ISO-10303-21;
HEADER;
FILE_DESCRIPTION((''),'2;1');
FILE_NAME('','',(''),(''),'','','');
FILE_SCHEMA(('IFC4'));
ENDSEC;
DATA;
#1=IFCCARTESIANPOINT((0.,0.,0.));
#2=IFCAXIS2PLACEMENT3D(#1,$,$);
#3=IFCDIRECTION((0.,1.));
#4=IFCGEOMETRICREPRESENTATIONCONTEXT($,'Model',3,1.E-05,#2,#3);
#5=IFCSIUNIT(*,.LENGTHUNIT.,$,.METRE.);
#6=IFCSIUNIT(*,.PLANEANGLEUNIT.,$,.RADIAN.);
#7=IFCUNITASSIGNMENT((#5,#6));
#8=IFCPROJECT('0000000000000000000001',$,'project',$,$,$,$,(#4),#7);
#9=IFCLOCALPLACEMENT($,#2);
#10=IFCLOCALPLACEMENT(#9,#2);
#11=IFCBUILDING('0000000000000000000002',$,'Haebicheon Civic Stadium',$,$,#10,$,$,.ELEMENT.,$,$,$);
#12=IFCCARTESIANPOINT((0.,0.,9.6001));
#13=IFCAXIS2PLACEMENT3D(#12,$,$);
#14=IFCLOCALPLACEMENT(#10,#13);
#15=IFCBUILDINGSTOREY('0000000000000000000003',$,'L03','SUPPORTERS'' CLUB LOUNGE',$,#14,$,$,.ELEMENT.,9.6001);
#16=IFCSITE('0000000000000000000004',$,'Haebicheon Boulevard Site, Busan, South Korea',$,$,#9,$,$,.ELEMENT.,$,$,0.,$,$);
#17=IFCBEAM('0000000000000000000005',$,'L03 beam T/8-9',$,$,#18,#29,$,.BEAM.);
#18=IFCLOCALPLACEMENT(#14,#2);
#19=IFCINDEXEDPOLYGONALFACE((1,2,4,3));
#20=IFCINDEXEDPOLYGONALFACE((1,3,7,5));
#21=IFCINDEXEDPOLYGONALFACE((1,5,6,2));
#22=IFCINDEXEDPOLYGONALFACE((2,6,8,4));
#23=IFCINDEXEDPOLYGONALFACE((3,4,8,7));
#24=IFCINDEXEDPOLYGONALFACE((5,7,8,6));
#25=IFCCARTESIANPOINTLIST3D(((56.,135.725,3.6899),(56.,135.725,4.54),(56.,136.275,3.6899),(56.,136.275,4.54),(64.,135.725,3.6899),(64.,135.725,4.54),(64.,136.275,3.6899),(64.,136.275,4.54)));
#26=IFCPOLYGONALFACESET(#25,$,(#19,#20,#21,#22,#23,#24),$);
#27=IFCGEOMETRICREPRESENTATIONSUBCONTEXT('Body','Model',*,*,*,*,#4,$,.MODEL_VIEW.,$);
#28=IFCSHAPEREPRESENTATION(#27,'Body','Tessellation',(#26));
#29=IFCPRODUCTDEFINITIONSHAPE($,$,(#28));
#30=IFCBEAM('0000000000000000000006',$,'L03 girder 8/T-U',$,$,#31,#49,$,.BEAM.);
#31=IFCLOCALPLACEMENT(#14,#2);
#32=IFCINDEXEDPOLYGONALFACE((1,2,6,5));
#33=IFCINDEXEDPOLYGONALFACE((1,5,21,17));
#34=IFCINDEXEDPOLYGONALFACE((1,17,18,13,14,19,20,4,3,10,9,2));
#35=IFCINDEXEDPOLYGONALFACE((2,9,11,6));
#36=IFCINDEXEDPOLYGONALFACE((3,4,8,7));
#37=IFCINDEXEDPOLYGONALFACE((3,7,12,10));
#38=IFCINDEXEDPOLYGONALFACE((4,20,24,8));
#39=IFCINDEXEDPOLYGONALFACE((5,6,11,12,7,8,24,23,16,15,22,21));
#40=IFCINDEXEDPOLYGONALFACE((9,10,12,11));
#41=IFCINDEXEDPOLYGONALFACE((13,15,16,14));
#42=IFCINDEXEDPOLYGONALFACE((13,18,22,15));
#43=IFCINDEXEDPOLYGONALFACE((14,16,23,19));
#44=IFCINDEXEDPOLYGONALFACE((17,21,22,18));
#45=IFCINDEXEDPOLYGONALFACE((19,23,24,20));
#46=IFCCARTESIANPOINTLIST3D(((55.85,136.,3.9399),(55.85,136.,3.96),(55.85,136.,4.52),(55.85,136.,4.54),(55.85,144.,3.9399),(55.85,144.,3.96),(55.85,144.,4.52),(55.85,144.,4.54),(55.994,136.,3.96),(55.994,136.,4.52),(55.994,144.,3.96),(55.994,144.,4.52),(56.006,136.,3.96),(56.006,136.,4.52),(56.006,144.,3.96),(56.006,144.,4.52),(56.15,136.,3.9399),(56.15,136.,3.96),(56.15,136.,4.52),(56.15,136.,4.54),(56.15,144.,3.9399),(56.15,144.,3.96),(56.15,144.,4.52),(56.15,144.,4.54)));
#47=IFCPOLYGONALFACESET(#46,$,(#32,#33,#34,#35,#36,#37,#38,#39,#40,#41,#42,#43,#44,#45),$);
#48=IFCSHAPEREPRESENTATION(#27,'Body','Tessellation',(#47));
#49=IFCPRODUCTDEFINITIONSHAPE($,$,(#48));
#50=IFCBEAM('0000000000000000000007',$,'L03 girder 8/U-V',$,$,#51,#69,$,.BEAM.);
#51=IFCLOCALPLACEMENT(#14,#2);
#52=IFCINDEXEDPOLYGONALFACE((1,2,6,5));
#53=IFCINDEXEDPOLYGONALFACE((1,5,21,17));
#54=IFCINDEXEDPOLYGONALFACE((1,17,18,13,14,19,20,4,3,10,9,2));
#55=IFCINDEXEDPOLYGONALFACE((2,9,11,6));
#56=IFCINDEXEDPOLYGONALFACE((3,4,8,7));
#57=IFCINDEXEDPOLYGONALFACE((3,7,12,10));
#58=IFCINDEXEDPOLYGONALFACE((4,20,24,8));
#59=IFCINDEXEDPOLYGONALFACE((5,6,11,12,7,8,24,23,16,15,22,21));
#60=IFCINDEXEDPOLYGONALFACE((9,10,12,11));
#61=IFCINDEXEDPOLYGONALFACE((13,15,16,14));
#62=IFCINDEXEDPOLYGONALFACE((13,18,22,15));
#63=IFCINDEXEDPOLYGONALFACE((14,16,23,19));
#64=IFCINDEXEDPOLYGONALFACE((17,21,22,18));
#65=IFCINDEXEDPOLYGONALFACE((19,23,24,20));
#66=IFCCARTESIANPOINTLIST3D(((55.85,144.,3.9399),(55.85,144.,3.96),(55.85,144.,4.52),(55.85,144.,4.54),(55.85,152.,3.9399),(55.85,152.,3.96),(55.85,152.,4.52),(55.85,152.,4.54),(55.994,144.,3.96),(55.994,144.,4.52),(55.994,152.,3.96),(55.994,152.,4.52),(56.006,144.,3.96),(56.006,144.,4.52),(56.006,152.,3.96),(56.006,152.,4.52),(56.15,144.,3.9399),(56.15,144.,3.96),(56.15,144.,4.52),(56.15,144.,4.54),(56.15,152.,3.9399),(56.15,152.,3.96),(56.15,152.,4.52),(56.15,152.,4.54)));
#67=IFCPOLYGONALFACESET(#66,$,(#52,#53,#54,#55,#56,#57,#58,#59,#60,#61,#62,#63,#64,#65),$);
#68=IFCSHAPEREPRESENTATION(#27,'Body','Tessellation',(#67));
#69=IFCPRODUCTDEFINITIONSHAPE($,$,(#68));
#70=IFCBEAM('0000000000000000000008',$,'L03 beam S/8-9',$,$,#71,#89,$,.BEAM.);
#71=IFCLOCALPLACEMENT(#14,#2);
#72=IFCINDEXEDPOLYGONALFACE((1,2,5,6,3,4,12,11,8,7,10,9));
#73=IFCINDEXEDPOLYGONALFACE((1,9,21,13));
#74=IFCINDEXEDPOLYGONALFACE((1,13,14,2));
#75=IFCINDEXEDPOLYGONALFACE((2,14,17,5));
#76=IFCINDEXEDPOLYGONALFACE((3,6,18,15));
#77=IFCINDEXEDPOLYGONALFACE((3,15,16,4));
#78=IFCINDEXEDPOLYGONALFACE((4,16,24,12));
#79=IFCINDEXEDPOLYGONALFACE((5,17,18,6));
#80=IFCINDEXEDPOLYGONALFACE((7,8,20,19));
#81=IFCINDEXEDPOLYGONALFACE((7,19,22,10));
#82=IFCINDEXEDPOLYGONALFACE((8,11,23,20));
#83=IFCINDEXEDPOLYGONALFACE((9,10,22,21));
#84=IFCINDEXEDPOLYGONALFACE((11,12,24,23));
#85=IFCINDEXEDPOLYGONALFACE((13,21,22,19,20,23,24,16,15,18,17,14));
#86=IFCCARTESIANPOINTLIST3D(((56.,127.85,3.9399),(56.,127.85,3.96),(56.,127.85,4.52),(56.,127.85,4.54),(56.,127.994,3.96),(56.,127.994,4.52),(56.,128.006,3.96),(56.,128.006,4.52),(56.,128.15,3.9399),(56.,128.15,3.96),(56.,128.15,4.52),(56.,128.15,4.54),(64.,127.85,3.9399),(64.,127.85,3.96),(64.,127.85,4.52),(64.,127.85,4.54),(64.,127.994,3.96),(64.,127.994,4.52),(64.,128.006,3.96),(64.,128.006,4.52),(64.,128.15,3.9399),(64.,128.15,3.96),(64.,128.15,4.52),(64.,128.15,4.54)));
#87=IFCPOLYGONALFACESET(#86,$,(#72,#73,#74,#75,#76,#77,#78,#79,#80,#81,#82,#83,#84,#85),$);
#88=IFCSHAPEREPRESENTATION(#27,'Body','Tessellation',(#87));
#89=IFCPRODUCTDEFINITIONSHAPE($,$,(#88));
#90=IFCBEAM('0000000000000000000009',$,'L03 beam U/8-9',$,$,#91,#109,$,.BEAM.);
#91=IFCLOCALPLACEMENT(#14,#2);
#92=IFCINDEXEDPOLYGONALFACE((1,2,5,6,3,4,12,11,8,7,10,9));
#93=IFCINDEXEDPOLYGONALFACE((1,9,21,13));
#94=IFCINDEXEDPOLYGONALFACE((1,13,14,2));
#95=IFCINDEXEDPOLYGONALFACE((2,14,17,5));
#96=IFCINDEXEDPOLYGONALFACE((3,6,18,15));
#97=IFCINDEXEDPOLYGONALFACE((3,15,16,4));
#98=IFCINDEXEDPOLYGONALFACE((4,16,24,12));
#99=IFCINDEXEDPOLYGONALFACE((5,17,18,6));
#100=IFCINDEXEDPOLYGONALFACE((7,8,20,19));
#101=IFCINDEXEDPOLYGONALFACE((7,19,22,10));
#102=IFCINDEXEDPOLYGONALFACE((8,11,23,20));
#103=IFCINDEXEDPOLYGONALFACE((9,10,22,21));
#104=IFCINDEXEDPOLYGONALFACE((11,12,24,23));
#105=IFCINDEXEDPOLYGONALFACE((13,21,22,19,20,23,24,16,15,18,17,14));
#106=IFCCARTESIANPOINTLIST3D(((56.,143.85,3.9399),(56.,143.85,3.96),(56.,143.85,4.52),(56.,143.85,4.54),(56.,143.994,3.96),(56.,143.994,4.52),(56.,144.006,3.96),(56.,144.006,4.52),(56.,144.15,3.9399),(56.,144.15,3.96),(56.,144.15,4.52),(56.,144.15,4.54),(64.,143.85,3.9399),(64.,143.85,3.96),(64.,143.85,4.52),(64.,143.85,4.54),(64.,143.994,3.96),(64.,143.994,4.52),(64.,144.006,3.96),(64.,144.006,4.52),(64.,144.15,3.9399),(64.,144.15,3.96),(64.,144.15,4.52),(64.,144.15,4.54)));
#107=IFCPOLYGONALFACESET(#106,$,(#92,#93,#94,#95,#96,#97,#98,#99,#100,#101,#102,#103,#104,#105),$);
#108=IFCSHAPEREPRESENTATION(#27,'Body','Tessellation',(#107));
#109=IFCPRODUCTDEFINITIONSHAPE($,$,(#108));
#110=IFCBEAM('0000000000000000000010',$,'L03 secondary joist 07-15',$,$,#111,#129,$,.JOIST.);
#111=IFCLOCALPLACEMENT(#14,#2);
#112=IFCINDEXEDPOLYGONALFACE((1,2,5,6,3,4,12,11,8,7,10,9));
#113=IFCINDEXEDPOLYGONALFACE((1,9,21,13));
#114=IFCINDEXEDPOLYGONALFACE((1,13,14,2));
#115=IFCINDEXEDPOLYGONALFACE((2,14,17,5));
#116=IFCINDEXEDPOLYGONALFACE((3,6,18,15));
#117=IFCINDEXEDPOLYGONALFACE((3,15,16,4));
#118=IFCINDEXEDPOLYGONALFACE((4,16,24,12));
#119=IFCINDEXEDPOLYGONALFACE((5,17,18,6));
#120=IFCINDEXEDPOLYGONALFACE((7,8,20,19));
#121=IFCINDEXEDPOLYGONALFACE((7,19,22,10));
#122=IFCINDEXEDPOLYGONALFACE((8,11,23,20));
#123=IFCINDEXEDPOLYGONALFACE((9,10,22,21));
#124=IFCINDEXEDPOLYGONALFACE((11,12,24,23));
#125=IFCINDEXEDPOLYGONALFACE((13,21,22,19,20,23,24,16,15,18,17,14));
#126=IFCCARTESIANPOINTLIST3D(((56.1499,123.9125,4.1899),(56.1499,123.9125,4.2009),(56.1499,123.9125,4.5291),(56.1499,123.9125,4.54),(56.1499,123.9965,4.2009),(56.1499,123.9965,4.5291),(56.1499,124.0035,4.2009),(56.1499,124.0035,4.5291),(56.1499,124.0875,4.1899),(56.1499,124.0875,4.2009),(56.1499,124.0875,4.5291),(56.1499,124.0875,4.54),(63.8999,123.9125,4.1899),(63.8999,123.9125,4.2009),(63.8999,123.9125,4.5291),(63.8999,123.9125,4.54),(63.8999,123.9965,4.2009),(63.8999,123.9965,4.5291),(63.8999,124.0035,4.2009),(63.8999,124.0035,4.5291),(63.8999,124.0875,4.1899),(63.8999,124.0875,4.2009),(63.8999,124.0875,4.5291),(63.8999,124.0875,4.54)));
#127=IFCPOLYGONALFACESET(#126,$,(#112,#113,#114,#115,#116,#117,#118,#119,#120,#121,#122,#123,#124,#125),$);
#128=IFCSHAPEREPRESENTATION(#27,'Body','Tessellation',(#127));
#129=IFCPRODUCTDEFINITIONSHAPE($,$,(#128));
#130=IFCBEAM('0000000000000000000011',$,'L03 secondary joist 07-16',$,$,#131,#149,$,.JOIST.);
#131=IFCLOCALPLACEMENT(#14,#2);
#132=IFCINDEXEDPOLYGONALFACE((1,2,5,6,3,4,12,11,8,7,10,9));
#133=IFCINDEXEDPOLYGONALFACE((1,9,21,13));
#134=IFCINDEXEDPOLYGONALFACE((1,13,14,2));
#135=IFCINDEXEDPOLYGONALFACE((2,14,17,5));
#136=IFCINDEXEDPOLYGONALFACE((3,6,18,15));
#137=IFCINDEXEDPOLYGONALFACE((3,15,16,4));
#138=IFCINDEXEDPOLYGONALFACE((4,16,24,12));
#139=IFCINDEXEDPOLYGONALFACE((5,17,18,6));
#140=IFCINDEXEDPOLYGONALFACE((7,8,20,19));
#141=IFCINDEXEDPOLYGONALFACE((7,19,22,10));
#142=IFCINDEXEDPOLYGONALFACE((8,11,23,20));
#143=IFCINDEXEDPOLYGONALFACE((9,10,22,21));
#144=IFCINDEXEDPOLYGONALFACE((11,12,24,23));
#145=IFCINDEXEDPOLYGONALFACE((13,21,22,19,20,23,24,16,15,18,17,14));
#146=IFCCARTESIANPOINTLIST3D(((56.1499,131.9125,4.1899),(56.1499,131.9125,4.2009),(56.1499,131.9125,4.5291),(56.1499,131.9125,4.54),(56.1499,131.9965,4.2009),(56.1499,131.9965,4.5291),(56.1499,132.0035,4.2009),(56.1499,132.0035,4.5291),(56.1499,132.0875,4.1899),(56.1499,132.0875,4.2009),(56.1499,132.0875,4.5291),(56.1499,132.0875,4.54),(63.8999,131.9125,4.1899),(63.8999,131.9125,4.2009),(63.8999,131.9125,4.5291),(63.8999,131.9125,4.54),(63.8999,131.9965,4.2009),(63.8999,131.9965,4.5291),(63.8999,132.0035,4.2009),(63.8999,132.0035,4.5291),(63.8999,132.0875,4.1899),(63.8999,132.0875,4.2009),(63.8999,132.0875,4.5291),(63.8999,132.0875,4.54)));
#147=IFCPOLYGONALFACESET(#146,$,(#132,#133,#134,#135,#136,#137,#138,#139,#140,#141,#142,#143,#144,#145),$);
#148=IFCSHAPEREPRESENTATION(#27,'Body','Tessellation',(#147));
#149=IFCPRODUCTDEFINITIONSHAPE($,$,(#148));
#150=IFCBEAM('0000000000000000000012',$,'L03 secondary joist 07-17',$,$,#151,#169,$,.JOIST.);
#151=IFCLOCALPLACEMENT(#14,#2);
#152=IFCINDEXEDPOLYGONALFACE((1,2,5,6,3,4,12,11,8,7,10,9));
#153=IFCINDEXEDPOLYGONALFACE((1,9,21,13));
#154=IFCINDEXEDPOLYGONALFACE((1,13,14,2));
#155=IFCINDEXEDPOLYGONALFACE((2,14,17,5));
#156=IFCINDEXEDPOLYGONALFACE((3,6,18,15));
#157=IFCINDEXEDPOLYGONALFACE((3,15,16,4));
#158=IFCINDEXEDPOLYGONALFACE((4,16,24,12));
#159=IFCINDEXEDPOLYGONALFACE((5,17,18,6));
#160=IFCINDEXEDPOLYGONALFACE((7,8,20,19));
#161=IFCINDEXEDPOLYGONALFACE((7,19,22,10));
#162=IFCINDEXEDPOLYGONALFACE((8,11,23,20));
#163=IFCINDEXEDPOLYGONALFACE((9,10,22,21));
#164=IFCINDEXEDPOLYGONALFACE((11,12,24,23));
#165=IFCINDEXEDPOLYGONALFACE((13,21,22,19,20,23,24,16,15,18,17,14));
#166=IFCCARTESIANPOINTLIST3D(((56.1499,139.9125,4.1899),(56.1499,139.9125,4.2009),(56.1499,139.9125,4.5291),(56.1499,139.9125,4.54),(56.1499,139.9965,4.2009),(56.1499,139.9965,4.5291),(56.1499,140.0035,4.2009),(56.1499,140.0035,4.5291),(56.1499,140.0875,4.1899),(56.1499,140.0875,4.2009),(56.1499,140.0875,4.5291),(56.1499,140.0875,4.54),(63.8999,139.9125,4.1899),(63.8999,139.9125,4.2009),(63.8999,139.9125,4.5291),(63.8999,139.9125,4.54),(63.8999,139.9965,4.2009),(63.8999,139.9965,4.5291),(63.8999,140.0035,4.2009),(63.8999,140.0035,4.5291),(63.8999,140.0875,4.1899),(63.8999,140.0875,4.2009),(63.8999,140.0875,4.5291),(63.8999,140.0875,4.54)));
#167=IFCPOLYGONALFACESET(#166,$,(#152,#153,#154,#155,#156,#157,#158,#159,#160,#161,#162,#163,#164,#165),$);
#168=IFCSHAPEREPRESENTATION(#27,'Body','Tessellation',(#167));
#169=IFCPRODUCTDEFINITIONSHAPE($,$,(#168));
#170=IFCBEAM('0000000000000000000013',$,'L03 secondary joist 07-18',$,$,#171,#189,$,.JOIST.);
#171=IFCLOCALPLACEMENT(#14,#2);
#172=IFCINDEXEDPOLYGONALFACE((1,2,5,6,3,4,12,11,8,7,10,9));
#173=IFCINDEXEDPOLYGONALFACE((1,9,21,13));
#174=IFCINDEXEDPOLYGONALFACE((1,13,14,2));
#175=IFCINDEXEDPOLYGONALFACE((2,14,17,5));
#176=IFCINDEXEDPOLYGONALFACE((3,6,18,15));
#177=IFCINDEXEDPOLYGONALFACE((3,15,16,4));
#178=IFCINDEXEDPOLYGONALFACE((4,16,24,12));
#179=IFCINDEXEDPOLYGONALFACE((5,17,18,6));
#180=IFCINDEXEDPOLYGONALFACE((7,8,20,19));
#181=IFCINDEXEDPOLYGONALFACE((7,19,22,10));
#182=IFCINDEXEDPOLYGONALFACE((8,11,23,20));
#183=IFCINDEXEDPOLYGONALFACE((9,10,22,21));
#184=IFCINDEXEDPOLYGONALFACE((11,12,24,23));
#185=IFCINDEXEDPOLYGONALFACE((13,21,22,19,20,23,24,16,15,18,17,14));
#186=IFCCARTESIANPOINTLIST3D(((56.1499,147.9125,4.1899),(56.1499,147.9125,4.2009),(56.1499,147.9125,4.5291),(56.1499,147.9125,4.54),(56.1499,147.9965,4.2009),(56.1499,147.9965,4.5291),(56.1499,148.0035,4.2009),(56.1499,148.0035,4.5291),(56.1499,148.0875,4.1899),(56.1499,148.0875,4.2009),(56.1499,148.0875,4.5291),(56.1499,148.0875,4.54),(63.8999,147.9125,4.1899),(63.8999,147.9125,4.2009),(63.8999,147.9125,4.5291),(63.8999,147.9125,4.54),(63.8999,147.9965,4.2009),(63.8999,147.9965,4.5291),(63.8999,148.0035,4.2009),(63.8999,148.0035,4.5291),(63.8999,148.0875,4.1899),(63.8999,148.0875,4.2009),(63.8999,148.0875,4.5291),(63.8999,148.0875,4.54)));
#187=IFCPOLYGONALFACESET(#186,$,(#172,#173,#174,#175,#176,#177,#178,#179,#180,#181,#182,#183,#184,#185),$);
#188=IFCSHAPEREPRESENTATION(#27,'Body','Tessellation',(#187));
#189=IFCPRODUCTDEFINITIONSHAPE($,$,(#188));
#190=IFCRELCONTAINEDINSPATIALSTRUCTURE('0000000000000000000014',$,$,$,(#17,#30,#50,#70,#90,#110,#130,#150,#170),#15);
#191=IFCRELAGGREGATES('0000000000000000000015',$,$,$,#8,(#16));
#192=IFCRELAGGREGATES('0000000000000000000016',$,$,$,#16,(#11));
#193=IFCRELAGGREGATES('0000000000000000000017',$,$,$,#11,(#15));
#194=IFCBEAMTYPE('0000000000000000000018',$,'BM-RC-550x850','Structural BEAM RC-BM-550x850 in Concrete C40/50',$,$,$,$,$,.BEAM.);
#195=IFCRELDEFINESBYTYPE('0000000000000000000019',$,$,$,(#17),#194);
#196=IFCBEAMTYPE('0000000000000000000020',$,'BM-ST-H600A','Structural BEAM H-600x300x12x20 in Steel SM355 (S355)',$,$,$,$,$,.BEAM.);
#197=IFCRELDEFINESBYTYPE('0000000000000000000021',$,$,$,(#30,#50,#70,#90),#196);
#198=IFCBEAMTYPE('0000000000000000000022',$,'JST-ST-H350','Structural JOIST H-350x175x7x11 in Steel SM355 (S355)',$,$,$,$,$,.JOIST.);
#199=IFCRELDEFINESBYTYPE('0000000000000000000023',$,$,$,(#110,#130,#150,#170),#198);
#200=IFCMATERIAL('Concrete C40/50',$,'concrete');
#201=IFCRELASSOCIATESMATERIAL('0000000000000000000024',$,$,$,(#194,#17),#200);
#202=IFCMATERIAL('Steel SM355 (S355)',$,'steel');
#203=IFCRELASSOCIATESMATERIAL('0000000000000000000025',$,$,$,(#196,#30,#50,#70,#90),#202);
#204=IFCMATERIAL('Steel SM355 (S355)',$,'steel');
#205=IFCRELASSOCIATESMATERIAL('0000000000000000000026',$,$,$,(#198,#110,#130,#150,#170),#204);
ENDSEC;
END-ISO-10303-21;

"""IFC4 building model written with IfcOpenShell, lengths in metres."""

from ifc_helpers import new_model, si_unit, direction, frame, origin, origin_2d, place, context, subcontext, project, spatial, rectangle, i_section, extrude, material, material_profile, profile_set, type_object, element, save


model = new_model("IFC4")

# Units and contexts
model_context = context("Model", 3, precision=1e-05, world=origin(), true_north=direction((0.0, 1.0)))
body_context = subcontext(model_context, "Body", "Model", "MODEL_VIEW")
ifc_project = project(units=[si_unit("LENGTHUNIT", "METRE"), si_unit("PLANEANGLEUNIT", "RADIAN")], contexts=[model_context])

# Site, building, storey
site_placement = place(None, origin())
site = spatial("IfcSite", under=ifc_project, at=site_placement, Name="Haebicheon Boulevard Site, Busan, South Korea", CompositionType="ELEMENT", RefElevation=0.0)
building_placement = place(site_placement, origin())
building = spatial("IfcBuilding", under=site, at=building_placement, Name="Haebicheon Civic Stadium", CompositionType="ELEMENT")
storey_placement = place(building_placement, frame((0.0, 0.0, 9.6001)))
storey = spatial("IfcBuildingStorey", under=building, at=storey_placement, Name="L03", Description="SUPPORTERS' CLUB LOUNGE", CompositionType="ELEMENT", Elevation=9.6001)

# Beams
ifc_material_1 = material(Name="Concrete C40/50", Category="concrete")
ifc_material_profile_1 = material_profile(ifc_material_1, rectangle(XDim=0.55, YDim=0.8501, at=origin_2d()), Name="RC-BM-550x850")
ifc_profile_set_1 = profile_set([ifc_material_profile_1], Name="Concrete C40/50")
beam_type_1 = type_object("IfcBeamType", Name="BM-RC-550x850", Description="Structural BEAM RC-BM-550x850 in Concrete C40/50", PredefinedType="BEAM", material=ifc_profile_set_1)
beam_placement = place(storey_placement, frame((56.0, 136.0, 4.115), z_axis=(1.0, 0.0, 0.0), x_axis=(0.0, 1.0, 0.0)))
element("IfcBeam", 1, at=beam_placement, inside=storey, type_object=beam_type_1, material=ifc_profile_set_1, Name="L03 beam T/8-9", PredefinedType="BEAM", context=body_context, shape_type="SweptSolid", body=[
    extrude(rectangle(XDim=0.55, YDim=0.8501, at=origin_2d()), origin(), (0.0, 0.0, 1.0), 8.0),
])
ifc_material_2 = material(Name="Steel SM355 (S355)", Category="steel")
ifc_material_profile_2 = material_profile(ifc_material_2, i_section(OverallWidth=0.3, OverallDepth=0.6001, WebThickness=0.012, FlangeThickness=0.02, at=origin_2d()), Name="H-600x300x12x20")
ifc_profile_set_2 = profile_set([ifc_material_profile_2], Name="Steel SM355 (S355)")
beam_type_2 = type_object("IfcBeamType", Name="BM-ST-H600A", Description="Structural BEAM H-600x300x12x20 in Steel SM355 (S355)", PredefinedType="BEAM", material=ifc_profile_set_2)
for number, where, z_axis, x_axis, name in (
    (2, (56.0, 136.0, 4.24), (0.0, 1.0, 0.0), (-1.0, 0.0, 0.0), "L03 girder 8/T-U"),
    (3, (56.0, 144.0, 4.24), (0.0, 1.0, 0.0), (-1.0, 0.0, 0.0), "L03 girder 8/U-V"),
    (4, (56.0, 128.0, 4.24), (1.0, 0.0, 0.0), (0.0, 1.0, 0.0), "L03 beam S/8-9"),
    (5, (56.0, 144.0, 4.24), (1.0, 0.0, 0.0), (0.0, 1.0, 0.0), "L03 beam U/8-9"),
):
    element("IfcBeam", number, at=place(storey_placement, frame(where, z_axis=z_axis, x_axis=x_axis)), inside=storey, type_object=beam_type_2, material=ifc_profile_set_2, Name=name, PredefinedType="BEAM", context=body_context, shape_type="SweptSolid", body=[
        extrude(i_section(OverallWidth=0.3, OverallDepth=0.6001, WebThickness=0.012, FlangeThickness=0.02, at=origin_2d()), origin(), (0.0, 0.0, 1.0), 8.0),
    ])
ifc_material_3 = material(Name="Steel SM355 (S355)", Category="steel")
ifc_material_profile_3 = material_profile(ifc_material_3, i_section(OverallWidth=0.175, OverallDepth=0.3501, WebThickness=0.0071, FlangeThickness=0.011, at=origin_2d()), Name="H-350x175x7x11")
ifc_profile_set_3 = profile_set([ifc_material_profile_3], Name="Steel SM355 (S355)")
beam_type_3 = type_object("IfcBeamType", Name="JST-ST-H350", Description="Structural JOIST H-350x175x7x11 in Steel SM355 (S355)", PredefinedType="JOIST", material=ifc_profile_set_3)
for number, where, z_axis, x_axis, name in (
    (6, (56.1499, 124.0, 4.365), (1.0, 0.0, 0.0), (0.0, 1.0, 0.0), "L03 secondary joist 07-15"),
    (7, (56.1499, 132.0, 4.365), (1.0, 0.0, 0.0), (0.0, 1.0, 0.0), "L03 secondary joist 07-16"),
    (8, (56.1499, 140.0, 4.365), (1.0, 0.0, 0.0), (0.0, 1.0, 0.0), "L03 secondary joist 07-17"),
    (9, (56.1499, 148.0, 4.365), (1.0, 0.0, 0.0), (0.0, 1.0, 0.0), "L03 secondary joist 07-18"),
):
    element("IfcBeam", number, at=place(storey_placement, frame(where, z_axis=z_axis, x_axis=x_axis)), inside=storey, type_object=beam_type_3, material=ifc_profile_set_3, Name=name, PredefinedType="JOIST", context=body_context, shape_type="SweptSolid", body=[
        extrude(i_section(OverallWidth=0.175, OverallDepth=0.3501, WebThickness=0.0071, FlangeThickness=0.011, at=origin_2d()), origin(), (0.0, 0.0, 1.0), 7.75),
    ])

save(model, "model.ifc")
